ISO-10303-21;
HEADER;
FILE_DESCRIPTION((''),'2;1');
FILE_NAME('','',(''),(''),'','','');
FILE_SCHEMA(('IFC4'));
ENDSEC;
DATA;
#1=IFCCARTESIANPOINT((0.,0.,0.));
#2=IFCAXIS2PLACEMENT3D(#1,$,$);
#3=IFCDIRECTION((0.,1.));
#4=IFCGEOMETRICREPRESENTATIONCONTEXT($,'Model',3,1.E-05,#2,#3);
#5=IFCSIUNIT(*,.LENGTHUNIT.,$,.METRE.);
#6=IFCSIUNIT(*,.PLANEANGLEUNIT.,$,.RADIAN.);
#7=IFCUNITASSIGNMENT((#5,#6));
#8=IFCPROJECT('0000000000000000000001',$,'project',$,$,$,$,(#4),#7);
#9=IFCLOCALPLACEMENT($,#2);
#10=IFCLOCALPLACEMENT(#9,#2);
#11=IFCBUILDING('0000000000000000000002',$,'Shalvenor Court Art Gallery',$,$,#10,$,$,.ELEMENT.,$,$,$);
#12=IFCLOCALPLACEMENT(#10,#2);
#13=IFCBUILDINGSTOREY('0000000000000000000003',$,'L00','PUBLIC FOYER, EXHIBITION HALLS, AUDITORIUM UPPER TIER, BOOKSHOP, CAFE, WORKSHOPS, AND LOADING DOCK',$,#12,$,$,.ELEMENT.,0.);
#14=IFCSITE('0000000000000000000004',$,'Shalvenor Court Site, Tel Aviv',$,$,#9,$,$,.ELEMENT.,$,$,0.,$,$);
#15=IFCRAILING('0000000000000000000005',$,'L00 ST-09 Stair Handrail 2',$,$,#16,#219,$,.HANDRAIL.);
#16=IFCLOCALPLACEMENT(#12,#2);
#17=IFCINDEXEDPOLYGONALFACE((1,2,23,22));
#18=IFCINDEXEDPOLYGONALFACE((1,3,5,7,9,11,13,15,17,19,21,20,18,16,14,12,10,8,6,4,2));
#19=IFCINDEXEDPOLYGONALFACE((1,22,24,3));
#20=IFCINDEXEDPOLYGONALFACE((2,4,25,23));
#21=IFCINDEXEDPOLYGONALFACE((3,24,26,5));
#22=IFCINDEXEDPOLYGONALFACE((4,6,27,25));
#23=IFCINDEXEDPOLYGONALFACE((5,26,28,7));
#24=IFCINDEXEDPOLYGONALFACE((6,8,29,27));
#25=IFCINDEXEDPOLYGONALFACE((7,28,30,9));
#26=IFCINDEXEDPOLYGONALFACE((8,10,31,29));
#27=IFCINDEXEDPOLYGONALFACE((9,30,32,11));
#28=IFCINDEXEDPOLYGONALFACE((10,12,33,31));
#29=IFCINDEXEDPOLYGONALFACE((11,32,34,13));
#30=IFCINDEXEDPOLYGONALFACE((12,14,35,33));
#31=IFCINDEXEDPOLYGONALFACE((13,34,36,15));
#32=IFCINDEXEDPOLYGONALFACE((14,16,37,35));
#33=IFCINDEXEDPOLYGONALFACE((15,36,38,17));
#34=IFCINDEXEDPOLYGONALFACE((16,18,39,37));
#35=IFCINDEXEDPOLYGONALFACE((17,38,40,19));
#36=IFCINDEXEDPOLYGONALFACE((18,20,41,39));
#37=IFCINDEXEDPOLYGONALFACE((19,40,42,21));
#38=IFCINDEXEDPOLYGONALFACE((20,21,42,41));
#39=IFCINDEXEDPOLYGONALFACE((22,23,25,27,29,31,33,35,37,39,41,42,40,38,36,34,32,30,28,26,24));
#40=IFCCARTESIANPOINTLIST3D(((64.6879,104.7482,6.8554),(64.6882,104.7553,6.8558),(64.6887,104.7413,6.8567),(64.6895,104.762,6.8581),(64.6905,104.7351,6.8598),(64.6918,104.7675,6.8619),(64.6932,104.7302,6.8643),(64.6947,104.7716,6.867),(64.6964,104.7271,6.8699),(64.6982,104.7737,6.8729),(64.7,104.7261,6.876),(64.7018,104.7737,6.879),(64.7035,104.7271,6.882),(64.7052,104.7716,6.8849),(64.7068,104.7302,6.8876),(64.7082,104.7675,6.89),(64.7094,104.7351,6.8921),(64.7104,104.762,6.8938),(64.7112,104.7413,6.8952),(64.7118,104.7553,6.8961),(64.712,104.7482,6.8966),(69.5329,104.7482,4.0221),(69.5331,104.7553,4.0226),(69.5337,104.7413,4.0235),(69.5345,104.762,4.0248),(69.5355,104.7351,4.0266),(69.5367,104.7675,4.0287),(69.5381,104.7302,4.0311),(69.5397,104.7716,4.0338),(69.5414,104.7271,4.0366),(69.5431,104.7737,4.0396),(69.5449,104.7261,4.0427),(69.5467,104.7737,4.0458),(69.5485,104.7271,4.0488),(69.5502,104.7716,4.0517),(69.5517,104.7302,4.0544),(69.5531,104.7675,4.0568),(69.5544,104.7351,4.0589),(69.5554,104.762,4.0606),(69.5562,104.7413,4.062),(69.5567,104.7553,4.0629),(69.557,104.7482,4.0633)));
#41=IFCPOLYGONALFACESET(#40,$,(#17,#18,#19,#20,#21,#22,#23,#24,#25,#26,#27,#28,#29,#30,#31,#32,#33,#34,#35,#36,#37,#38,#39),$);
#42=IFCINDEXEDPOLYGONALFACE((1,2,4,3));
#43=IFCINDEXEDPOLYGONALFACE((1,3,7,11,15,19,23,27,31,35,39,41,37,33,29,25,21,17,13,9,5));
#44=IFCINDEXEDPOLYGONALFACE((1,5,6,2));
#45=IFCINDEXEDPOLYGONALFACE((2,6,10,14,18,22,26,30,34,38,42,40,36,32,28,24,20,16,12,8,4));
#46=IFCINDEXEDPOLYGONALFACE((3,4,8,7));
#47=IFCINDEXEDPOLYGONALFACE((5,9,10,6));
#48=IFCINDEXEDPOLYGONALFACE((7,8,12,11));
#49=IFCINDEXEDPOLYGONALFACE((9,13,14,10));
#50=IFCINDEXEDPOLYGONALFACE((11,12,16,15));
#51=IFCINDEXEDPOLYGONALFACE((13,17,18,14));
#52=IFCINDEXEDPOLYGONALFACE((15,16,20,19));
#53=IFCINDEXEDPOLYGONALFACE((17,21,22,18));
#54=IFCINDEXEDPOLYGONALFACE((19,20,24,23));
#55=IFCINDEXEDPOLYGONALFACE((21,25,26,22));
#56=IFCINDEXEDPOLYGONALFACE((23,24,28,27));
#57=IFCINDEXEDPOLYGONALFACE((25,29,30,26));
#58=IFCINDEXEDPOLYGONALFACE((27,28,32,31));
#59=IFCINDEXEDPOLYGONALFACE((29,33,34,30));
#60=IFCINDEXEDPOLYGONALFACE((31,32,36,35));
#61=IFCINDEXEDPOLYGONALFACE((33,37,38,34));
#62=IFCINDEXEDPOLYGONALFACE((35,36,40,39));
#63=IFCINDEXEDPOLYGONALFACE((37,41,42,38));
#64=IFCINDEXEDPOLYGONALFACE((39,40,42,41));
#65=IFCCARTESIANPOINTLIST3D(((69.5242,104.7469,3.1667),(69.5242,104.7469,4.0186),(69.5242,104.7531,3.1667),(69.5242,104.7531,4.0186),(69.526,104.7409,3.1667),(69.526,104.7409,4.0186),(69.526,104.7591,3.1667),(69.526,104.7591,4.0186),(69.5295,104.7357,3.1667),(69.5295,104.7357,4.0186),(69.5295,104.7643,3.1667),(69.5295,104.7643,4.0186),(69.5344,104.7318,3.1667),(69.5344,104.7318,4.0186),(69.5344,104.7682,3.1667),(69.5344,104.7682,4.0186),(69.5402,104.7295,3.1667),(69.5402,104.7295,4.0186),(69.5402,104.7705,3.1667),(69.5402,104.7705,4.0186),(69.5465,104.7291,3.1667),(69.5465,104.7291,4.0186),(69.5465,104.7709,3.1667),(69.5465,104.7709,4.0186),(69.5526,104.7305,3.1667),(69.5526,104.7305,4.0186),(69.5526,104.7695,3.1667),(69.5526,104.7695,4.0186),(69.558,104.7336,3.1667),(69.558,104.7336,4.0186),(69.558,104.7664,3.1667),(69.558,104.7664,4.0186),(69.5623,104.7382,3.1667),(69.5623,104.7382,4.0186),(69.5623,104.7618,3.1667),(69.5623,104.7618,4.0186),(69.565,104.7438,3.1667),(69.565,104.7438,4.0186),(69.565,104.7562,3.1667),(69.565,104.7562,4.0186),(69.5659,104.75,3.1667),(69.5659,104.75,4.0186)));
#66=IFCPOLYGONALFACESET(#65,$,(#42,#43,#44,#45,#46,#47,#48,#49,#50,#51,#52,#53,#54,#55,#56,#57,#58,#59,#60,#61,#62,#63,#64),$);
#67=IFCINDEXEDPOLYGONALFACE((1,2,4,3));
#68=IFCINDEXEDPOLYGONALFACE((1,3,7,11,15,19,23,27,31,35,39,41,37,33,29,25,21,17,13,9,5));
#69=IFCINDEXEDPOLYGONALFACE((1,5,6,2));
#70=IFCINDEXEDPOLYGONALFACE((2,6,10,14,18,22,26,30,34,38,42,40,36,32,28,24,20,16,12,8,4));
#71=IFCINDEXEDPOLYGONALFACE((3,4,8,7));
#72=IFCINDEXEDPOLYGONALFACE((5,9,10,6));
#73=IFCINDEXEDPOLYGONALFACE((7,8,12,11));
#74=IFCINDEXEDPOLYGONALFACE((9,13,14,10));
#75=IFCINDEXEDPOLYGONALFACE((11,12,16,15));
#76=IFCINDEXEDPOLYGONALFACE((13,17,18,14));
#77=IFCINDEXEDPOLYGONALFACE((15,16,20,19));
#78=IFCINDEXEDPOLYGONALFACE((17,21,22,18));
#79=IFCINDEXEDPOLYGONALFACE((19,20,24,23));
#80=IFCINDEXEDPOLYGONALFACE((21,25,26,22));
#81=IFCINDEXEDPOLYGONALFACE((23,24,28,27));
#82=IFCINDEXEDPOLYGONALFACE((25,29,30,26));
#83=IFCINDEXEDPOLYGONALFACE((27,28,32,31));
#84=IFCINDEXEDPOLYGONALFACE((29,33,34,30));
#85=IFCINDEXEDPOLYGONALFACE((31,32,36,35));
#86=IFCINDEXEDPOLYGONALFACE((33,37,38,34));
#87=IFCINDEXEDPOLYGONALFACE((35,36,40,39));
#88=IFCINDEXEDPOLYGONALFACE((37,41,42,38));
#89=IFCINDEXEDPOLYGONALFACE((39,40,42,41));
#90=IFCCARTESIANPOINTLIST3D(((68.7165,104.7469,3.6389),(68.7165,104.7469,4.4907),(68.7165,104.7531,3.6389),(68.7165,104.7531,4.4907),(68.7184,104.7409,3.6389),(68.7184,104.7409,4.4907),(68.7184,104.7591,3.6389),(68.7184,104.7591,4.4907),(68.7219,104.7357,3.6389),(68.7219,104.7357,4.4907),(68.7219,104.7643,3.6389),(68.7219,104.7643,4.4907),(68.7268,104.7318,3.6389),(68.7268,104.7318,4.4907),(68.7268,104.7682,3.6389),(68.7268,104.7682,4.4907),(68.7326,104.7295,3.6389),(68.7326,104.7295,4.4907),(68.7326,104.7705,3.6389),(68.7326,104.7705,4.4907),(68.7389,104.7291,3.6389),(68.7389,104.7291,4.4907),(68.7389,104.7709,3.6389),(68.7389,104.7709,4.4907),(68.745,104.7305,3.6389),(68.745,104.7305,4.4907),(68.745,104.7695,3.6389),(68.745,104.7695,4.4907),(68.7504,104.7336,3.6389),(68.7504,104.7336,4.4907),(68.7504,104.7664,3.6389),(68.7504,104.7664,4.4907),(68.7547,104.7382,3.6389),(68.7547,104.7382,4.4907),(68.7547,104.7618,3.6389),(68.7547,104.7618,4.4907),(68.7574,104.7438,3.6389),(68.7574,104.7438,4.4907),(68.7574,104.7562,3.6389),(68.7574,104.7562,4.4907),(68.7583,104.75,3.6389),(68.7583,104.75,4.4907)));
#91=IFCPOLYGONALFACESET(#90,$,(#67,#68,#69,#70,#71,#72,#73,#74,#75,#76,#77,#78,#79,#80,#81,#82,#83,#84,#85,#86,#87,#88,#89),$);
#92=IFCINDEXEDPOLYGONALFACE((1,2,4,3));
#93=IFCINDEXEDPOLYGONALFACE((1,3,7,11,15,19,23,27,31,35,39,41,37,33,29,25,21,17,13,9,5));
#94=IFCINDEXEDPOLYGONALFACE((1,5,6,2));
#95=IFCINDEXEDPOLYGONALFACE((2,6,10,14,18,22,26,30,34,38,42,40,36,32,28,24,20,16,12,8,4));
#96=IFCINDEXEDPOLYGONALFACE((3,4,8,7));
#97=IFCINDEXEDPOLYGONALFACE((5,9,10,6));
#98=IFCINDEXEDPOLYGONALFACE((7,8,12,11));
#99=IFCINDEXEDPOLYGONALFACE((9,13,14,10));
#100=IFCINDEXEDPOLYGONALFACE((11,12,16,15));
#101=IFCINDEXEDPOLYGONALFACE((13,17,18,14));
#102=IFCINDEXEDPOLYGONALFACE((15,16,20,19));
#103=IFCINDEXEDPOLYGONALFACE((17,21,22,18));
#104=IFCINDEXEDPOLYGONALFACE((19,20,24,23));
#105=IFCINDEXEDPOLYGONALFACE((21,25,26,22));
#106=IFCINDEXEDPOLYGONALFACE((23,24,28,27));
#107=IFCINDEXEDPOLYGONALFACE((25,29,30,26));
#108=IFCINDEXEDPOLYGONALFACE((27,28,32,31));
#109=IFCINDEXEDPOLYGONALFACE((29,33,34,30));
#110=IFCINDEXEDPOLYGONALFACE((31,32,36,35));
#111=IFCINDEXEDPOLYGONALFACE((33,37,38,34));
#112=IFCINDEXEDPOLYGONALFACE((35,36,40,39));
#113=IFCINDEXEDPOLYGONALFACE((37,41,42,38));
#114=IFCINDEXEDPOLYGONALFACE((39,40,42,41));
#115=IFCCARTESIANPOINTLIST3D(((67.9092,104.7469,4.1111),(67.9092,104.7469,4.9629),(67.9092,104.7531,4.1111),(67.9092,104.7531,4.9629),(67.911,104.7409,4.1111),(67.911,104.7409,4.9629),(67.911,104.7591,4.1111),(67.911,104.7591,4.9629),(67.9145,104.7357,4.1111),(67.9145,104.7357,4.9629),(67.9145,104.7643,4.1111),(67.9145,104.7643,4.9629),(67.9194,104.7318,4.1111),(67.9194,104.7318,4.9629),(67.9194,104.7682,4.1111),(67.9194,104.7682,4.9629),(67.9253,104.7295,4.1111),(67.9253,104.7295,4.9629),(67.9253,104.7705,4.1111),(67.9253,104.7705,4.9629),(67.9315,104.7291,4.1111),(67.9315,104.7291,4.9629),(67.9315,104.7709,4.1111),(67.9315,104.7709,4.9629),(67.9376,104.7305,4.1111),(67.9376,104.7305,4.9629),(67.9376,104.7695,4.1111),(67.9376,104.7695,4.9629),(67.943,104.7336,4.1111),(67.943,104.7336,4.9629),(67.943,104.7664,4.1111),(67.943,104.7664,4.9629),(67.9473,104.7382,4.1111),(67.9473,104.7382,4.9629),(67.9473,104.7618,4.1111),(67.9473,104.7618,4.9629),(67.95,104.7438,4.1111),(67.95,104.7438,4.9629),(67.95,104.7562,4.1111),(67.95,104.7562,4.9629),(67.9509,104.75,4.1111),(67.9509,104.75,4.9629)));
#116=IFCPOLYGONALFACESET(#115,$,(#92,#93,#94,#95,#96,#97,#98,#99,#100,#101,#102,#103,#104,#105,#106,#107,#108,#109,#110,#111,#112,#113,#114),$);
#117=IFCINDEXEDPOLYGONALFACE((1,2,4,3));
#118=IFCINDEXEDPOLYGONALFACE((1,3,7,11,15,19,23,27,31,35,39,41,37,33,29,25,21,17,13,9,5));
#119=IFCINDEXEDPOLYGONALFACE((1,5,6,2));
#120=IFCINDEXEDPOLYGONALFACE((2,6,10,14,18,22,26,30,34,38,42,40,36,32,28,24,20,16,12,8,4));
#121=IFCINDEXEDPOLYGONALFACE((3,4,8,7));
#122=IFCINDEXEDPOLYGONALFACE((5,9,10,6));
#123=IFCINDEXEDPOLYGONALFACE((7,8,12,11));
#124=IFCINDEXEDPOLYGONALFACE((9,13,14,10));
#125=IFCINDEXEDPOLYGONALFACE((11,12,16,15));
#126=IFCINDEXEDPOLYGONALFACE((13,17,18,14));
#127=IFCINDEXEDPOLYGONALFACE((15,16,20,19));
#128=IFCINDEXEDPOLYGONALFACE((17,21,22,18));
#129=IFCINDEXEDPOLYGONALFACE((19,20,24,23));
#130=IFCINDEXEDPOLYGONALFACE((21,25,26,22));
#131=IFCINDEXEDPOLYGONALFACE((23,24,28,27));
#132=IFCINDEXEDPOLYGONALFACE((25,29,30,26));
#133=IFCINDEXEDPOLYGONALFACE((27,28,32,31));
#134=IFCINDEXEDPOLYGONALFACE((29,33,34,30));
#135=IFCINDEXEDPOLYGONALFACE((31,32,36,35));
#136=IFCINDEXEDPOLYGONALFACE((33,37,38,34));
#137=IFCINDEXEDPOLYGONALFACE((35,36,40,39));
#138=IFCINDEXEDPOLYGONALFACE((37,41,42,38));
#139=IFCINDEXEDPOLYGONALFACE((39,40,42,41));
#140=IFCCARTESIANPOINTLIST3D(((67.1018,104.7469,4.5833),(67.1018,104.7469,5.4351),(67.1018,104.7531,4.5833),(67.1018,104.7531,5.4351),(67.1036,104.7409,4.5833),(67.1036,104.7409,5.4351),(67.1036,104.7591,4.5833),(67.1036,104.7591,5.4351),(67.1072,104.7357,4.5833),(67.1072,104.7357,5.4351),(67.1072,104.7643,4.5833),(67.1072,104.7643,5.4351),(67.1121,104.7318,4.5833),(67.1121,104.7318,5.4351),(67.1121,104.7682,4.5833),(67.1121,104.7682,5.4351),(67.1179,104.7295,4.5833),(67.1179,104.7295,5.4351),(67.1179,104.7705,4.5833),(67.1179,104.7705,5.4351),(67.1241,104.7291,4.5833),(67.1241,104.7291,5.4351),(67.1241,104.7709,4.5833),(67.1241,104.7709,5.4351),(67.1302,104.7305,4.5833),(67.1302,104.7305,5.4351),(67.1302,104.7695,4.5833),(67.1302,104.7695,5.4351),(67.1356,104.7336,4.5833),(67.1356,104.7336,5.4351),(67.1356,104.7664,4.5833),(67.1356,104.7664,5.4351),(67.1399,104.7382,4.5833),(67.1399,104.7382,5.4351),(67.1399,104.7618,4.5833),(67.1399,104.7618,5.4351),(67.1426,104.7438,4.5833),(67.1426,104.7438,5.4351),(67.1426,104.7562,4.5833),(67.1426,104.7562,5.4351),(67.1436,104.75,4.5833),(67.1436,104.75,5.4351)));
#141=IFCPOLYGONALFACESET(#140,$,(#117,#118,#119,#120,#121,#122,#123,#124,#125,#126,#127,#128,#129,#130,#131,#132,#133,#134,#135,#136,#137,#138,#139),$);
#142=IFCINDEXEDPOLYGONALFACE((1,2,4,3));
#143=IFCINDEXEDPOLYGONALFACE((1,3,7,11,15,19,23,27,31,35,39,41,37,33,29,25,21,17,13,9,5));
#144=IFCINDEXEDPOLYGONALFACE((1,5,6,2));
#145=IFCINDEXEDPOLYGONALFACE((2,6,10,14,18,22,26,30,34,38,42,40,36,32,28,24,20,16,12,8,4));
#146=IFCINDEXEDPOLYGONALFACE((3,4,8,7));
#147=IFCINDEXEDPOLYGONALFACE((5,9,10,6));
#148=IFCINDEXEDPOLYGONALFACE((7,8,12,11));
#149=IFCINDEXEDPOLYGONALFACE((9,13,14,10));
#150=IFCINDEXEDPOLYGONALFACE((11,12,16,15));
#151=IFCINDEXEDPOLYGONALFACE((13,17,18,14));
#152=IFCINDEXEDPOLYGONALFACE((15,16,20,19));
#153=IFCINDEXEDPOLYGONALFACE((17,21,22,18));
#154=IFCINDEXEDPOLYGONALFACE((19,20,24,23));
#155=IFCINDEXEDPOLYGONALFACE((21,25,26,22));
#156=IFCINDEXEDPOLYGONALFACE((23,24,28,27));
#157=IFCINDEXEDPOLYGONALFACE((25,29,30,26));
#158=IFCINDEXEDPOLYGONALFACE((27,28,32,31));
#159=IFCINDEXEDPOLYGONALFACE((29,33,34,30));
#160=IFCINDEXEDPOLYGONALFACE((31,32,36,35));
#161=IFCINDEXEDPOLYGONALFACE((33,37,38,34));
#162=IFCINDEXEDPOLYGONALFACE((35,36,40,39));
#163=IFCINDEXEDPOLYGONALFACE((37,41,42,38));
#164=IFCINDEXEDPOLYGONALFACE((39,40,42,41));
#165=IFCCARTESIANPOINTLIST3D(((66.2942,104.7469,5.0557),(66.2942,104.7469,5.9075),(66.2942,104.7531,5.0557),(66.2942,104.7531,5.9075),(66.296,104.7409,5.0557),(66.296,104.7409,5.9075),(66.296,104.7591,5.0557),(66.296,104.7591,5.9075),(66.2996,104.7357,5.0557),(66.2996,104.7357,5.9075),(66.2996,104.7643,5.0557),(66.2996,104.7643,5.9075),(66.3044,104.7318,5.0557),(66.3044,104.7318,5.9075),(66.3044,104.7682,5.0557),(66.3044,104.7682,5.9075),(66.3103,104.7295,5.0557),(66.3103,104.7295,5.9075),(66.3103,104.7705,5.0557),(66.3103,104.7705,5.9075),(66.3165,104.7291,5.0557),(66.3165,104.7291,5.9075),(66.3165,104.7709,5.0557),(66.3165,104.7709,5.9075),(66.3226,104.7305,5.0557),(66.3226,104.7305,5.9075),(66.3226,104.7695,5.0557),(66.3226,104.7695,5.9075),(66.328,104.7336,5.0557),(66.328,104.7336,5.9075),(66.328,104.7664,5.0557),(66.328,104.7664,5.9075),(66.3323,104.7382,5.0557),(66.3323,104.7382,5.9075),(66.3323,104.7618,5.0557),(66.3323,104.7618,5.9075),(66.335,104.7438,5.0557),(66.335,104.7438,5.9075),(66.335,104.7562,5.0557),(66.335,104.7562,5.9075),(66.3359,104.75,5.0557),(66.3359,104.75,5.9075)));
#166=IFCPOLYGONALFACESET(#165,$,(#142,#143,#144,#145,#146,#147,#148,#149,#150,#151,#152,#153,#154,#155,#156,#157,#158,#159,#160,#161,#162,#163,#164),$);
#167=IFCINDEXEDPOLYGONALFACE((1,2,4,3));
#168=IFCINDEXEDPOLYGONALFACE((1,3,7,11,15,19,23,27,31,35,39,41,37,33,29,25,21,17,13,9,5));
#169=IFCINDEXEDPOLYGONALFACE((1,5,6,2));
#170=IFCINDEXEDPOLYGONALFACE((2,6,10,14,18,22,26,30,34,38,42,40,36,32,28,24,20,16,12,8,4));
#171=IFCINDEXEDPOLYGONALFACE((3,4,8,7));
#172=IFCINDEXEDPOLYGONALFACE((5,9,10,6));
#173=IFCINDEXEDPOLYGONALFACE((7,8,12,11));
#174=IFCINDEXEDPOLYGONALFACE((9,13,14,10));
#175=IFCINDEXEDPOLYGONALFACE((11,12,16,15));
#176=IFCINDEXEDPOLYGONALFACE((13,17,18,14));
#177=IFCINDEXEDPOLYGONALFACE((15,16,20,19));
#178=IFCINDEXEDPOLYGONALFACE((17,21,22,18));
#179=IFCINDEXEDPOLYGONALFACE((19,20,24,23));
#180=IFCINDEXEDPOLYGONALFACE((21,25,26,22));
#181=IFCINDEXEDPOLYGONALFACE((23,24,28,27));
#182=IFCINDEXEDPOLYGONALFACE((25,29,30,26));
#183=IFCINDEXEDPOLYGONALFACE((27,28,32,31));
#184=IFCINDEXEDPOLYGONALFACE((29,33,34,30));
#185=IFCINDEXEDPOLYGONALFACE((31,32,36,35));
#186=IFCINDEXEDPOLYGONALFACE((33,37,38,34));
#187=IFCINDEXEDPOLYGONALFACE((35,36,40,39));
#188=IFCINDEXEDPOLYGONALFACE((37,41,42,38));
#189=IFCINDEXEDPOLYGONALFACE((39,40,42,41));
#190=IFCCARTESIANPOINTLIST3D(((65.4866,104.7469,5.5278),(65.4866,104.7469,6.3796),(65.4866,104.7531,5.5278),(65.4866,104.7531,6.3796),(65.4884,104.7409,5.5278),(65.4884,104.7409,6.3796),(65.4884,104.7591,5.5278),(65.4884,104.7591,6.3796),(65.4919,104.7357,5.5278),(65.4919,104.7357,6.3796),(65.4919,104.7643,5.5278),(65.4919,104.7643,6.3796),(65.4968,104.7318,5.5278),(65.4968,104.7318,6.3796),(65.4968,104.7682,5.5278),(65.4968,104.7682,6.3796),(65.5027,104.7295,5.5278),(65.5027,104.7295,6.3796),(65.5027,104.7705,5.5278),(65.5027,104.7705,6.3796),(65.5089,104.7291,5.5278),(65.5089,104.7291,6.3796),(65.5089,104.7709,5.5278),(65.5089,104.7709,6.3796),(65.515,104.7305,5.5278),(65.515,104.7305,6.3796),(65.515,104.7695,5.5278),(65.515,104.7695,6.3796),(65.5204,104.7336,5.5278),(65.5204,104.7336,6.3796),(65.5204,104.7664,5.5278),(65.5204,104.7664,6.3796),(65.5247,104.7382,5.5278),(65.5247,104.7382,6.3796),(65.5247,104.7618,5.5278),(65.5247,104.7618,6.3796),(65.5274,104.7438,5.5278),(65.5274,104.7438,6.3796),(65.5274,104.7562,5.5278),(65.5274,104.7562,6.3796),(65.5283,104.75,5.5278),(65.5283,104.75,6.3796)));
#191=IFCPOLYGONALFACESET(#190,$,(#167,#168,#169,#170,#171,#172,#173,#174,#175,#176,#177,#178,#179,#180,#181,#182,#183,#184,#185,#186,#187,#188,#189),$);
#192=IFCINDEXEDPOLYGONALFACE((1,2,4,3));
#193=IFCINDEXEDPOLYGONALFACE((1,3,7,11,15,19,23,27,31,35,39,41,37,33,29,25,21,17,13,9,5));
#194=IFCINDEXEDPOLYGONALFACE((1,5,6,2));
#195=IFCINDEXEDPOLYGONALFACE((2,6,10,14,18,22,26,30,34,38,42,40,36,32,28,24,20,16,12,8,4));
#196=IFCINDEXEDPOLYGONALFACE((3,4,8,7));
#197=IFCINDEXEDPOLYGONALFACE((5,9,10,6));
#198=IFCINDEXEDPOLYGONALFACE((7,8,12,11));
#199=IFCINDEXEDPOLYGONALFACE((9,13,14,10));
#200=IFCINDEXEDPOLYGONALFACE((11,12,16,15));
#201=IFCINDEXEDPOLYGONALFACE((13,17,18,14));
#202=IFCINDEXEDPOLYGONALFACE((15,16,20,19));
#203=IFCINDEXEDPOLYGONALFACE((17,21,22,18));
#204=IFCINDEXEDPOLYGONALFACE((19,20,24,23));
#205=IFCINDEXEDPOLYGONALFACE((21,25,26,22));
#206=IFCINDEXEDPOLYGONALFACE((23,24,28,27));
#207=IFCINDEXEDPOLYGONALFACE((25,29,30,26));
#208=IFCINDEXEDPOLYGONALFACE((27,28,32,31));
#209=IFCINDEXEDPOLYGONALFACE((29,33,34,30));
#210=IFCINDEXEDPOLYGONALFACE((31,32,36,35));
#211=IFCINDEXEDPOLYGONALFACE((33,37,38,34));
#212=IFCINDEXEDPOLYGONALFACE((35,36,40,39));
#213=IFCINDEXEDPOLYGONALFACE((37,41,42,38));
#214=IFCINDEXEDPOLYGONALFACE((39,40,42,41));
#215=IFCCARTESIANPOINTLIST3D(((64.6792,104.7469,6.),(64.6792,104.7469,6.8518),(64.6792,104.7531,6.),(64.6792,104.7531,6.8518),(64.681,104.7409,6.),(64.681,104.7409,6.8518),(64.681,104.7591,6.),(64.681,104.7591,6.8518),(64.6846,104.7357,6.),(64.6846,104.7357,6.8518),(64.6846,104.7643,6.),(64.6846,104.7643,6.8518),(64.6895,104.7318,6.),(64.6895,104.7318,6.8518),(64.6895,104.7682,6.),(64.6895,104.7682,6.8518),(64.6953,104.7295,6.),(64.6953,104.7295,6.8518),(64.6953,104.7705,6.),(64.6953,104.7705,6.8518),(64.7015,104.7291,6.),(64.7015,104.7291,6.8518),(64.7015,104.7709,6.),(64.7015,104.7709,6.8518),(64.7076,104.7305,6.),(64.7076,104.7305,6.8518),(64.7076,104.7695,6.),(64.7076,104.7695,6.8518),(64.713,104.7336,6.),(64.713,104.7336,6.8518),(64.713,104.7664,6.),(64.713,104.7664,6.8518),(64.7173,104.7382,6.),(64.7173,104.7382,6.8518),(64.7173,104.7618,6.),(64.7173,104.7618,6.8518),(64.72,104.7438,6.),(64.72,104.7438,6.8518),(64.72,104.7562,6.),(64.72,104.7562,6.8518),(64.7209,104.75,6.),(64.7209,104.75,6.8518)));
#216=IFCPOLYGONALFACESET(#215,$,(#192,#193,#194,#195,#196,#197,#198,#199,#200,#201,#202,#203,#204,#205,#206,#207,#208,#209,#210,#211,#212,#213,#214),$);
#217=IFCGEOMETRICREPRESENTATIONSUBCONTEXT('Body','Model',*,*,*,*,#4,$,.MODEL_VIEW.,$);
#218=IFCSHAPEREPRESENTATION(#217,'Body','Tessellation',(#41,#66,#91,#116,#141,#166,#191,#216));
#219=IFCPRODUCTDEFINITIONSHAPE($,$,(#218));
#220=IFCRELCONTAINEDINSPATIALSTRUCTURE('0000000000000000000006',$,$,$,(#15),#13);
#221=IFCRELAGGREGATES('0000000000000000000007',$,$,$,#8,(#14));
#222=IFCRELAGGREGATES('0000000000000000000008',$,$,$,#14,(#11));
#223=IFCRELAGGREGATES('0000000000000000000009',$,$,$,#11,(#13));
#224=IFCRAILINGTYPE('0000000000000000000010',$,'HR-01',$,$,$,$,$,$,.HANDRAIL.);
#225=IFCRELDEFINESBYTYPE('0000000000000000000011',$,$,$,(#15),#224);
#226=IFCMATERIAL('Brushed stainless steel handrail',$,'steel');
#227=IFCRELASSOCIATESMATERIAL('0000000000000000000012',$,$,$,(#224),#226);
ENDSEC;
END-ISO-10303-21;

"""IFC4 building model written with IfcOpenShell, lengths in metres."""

from ifc_helpers import new_model, si_unit, direction, frame, origin, origin_2d, place, context, subcontext, project, spatial, circle, extrude, material, type_object, element, save


model = new_model("IFC4")

# Units and contexts
model_context = context("Model", 3, precision=1e-05, world=origin(), true_north=direction((0.0, 1.0)))
body_context = subcontext(model_context, "Body", "Model", "MODEL_VIEW")
ifc_project = project(units=[si_unit("LENGTHUNIT", "METRE"), si_unit("PLANEANGLEUNIT", "RADIAN")], contexts=[model_context])

# Site, building, storey
site_placement = place(None, origin())
site = spatial("IfcSite", under=ifc_project, at=site_placement, Name="Shalvenor Court Site, Tel Aviv", CompositionType="ELEMENT", RefElevation=0.0)
building_placement = place(site_placement, origin())
building = spatial("IfcBuilding", under=site, at=building_placement, Name="Shalvenor Court Art Gallery", CompositionType="ELEMENT")
storey_placement = place(building_placement, origin())
storey = spatial("IfcBuildingStorey", under=building, at=storey_placement, Name="L00", Description="PUBLIC FOYER, EXHIBITION HALLS, AUDITORIUM UPPER TIER, BOOKSHOP, CAFE, WORKSHOPS, AND LOADING DOCK", CompositionType="ELEMENT", Elevation=0.0)

# Railing
ifc_material_1 = material(Name="Brushed stainless steel handrail", Category="steel")
railing_type_1 = type_object("IfcRailingType", Name="HR-01", PredefinedType="HANDRAIL", material=ifc_material_1)
railing_1_placement = place(storey_placement, frame((69.5449, 104.75, 3.1667)))
element("IfcRailing", 1, at=railing_1_placement, inside=storey, type_object=railing_type_1, Name="L00 ST-09 Stair Handrail 2", PredefinedType="HANDRAIL", context=body_context, shape_type="SweptSolid", body=[
    extrude(circle(Radius=0.0239, at=origin_2d()), frame((0.0, 0.0, 0.876), z_axis=(-0.863234, 0.0, 0.504804), x_axis=(0.0, -1.0, 0.0)), (0.0, 0.0, 1.0), 5.6125),
    extrude(circle(Radius=0.021, at=origin_2d()), origin(), (0.0, 0.0, 1.0), 0.8518),
    extrude(circle(Radius=0.021, at=origin_2d()), frame((-0.8076, 0.0, 0.4722)), (0.0, 0.0, 1.0), 0.8518),
    extrude(circle(Radius=0.021, at=origin_2d()), frame((-1.615, 0.0, 0.9443)), (0.0, 0.0, 1.0), 0.8518),
    extrude(circle(Radius=0.021, at=origin_2d()), frame((-2.4224, 0.0, 1.4165)), (0.0, 0.0, 1.0), 0.8518),
    extrude(circle(Radius=0.021, at=origin_2d()), frame((-3.23, 0.0, 1.8889)), (0.0, 0.0, 1.0), 0.8518),
    extrude(circle(Radius=0.021, at=origin_2d()), frame((-4.0376, 0.0, 2.3611)), (0.0, 0.0, 1.0), 0.8518),
    extrude(circle(Radius=0.021, at=origin_2d()), frame((-4.845, 0.0, 2.8333)), (0.0, 0.0, 1.0), 0.8518),
])

save(model, "model.ifc")
